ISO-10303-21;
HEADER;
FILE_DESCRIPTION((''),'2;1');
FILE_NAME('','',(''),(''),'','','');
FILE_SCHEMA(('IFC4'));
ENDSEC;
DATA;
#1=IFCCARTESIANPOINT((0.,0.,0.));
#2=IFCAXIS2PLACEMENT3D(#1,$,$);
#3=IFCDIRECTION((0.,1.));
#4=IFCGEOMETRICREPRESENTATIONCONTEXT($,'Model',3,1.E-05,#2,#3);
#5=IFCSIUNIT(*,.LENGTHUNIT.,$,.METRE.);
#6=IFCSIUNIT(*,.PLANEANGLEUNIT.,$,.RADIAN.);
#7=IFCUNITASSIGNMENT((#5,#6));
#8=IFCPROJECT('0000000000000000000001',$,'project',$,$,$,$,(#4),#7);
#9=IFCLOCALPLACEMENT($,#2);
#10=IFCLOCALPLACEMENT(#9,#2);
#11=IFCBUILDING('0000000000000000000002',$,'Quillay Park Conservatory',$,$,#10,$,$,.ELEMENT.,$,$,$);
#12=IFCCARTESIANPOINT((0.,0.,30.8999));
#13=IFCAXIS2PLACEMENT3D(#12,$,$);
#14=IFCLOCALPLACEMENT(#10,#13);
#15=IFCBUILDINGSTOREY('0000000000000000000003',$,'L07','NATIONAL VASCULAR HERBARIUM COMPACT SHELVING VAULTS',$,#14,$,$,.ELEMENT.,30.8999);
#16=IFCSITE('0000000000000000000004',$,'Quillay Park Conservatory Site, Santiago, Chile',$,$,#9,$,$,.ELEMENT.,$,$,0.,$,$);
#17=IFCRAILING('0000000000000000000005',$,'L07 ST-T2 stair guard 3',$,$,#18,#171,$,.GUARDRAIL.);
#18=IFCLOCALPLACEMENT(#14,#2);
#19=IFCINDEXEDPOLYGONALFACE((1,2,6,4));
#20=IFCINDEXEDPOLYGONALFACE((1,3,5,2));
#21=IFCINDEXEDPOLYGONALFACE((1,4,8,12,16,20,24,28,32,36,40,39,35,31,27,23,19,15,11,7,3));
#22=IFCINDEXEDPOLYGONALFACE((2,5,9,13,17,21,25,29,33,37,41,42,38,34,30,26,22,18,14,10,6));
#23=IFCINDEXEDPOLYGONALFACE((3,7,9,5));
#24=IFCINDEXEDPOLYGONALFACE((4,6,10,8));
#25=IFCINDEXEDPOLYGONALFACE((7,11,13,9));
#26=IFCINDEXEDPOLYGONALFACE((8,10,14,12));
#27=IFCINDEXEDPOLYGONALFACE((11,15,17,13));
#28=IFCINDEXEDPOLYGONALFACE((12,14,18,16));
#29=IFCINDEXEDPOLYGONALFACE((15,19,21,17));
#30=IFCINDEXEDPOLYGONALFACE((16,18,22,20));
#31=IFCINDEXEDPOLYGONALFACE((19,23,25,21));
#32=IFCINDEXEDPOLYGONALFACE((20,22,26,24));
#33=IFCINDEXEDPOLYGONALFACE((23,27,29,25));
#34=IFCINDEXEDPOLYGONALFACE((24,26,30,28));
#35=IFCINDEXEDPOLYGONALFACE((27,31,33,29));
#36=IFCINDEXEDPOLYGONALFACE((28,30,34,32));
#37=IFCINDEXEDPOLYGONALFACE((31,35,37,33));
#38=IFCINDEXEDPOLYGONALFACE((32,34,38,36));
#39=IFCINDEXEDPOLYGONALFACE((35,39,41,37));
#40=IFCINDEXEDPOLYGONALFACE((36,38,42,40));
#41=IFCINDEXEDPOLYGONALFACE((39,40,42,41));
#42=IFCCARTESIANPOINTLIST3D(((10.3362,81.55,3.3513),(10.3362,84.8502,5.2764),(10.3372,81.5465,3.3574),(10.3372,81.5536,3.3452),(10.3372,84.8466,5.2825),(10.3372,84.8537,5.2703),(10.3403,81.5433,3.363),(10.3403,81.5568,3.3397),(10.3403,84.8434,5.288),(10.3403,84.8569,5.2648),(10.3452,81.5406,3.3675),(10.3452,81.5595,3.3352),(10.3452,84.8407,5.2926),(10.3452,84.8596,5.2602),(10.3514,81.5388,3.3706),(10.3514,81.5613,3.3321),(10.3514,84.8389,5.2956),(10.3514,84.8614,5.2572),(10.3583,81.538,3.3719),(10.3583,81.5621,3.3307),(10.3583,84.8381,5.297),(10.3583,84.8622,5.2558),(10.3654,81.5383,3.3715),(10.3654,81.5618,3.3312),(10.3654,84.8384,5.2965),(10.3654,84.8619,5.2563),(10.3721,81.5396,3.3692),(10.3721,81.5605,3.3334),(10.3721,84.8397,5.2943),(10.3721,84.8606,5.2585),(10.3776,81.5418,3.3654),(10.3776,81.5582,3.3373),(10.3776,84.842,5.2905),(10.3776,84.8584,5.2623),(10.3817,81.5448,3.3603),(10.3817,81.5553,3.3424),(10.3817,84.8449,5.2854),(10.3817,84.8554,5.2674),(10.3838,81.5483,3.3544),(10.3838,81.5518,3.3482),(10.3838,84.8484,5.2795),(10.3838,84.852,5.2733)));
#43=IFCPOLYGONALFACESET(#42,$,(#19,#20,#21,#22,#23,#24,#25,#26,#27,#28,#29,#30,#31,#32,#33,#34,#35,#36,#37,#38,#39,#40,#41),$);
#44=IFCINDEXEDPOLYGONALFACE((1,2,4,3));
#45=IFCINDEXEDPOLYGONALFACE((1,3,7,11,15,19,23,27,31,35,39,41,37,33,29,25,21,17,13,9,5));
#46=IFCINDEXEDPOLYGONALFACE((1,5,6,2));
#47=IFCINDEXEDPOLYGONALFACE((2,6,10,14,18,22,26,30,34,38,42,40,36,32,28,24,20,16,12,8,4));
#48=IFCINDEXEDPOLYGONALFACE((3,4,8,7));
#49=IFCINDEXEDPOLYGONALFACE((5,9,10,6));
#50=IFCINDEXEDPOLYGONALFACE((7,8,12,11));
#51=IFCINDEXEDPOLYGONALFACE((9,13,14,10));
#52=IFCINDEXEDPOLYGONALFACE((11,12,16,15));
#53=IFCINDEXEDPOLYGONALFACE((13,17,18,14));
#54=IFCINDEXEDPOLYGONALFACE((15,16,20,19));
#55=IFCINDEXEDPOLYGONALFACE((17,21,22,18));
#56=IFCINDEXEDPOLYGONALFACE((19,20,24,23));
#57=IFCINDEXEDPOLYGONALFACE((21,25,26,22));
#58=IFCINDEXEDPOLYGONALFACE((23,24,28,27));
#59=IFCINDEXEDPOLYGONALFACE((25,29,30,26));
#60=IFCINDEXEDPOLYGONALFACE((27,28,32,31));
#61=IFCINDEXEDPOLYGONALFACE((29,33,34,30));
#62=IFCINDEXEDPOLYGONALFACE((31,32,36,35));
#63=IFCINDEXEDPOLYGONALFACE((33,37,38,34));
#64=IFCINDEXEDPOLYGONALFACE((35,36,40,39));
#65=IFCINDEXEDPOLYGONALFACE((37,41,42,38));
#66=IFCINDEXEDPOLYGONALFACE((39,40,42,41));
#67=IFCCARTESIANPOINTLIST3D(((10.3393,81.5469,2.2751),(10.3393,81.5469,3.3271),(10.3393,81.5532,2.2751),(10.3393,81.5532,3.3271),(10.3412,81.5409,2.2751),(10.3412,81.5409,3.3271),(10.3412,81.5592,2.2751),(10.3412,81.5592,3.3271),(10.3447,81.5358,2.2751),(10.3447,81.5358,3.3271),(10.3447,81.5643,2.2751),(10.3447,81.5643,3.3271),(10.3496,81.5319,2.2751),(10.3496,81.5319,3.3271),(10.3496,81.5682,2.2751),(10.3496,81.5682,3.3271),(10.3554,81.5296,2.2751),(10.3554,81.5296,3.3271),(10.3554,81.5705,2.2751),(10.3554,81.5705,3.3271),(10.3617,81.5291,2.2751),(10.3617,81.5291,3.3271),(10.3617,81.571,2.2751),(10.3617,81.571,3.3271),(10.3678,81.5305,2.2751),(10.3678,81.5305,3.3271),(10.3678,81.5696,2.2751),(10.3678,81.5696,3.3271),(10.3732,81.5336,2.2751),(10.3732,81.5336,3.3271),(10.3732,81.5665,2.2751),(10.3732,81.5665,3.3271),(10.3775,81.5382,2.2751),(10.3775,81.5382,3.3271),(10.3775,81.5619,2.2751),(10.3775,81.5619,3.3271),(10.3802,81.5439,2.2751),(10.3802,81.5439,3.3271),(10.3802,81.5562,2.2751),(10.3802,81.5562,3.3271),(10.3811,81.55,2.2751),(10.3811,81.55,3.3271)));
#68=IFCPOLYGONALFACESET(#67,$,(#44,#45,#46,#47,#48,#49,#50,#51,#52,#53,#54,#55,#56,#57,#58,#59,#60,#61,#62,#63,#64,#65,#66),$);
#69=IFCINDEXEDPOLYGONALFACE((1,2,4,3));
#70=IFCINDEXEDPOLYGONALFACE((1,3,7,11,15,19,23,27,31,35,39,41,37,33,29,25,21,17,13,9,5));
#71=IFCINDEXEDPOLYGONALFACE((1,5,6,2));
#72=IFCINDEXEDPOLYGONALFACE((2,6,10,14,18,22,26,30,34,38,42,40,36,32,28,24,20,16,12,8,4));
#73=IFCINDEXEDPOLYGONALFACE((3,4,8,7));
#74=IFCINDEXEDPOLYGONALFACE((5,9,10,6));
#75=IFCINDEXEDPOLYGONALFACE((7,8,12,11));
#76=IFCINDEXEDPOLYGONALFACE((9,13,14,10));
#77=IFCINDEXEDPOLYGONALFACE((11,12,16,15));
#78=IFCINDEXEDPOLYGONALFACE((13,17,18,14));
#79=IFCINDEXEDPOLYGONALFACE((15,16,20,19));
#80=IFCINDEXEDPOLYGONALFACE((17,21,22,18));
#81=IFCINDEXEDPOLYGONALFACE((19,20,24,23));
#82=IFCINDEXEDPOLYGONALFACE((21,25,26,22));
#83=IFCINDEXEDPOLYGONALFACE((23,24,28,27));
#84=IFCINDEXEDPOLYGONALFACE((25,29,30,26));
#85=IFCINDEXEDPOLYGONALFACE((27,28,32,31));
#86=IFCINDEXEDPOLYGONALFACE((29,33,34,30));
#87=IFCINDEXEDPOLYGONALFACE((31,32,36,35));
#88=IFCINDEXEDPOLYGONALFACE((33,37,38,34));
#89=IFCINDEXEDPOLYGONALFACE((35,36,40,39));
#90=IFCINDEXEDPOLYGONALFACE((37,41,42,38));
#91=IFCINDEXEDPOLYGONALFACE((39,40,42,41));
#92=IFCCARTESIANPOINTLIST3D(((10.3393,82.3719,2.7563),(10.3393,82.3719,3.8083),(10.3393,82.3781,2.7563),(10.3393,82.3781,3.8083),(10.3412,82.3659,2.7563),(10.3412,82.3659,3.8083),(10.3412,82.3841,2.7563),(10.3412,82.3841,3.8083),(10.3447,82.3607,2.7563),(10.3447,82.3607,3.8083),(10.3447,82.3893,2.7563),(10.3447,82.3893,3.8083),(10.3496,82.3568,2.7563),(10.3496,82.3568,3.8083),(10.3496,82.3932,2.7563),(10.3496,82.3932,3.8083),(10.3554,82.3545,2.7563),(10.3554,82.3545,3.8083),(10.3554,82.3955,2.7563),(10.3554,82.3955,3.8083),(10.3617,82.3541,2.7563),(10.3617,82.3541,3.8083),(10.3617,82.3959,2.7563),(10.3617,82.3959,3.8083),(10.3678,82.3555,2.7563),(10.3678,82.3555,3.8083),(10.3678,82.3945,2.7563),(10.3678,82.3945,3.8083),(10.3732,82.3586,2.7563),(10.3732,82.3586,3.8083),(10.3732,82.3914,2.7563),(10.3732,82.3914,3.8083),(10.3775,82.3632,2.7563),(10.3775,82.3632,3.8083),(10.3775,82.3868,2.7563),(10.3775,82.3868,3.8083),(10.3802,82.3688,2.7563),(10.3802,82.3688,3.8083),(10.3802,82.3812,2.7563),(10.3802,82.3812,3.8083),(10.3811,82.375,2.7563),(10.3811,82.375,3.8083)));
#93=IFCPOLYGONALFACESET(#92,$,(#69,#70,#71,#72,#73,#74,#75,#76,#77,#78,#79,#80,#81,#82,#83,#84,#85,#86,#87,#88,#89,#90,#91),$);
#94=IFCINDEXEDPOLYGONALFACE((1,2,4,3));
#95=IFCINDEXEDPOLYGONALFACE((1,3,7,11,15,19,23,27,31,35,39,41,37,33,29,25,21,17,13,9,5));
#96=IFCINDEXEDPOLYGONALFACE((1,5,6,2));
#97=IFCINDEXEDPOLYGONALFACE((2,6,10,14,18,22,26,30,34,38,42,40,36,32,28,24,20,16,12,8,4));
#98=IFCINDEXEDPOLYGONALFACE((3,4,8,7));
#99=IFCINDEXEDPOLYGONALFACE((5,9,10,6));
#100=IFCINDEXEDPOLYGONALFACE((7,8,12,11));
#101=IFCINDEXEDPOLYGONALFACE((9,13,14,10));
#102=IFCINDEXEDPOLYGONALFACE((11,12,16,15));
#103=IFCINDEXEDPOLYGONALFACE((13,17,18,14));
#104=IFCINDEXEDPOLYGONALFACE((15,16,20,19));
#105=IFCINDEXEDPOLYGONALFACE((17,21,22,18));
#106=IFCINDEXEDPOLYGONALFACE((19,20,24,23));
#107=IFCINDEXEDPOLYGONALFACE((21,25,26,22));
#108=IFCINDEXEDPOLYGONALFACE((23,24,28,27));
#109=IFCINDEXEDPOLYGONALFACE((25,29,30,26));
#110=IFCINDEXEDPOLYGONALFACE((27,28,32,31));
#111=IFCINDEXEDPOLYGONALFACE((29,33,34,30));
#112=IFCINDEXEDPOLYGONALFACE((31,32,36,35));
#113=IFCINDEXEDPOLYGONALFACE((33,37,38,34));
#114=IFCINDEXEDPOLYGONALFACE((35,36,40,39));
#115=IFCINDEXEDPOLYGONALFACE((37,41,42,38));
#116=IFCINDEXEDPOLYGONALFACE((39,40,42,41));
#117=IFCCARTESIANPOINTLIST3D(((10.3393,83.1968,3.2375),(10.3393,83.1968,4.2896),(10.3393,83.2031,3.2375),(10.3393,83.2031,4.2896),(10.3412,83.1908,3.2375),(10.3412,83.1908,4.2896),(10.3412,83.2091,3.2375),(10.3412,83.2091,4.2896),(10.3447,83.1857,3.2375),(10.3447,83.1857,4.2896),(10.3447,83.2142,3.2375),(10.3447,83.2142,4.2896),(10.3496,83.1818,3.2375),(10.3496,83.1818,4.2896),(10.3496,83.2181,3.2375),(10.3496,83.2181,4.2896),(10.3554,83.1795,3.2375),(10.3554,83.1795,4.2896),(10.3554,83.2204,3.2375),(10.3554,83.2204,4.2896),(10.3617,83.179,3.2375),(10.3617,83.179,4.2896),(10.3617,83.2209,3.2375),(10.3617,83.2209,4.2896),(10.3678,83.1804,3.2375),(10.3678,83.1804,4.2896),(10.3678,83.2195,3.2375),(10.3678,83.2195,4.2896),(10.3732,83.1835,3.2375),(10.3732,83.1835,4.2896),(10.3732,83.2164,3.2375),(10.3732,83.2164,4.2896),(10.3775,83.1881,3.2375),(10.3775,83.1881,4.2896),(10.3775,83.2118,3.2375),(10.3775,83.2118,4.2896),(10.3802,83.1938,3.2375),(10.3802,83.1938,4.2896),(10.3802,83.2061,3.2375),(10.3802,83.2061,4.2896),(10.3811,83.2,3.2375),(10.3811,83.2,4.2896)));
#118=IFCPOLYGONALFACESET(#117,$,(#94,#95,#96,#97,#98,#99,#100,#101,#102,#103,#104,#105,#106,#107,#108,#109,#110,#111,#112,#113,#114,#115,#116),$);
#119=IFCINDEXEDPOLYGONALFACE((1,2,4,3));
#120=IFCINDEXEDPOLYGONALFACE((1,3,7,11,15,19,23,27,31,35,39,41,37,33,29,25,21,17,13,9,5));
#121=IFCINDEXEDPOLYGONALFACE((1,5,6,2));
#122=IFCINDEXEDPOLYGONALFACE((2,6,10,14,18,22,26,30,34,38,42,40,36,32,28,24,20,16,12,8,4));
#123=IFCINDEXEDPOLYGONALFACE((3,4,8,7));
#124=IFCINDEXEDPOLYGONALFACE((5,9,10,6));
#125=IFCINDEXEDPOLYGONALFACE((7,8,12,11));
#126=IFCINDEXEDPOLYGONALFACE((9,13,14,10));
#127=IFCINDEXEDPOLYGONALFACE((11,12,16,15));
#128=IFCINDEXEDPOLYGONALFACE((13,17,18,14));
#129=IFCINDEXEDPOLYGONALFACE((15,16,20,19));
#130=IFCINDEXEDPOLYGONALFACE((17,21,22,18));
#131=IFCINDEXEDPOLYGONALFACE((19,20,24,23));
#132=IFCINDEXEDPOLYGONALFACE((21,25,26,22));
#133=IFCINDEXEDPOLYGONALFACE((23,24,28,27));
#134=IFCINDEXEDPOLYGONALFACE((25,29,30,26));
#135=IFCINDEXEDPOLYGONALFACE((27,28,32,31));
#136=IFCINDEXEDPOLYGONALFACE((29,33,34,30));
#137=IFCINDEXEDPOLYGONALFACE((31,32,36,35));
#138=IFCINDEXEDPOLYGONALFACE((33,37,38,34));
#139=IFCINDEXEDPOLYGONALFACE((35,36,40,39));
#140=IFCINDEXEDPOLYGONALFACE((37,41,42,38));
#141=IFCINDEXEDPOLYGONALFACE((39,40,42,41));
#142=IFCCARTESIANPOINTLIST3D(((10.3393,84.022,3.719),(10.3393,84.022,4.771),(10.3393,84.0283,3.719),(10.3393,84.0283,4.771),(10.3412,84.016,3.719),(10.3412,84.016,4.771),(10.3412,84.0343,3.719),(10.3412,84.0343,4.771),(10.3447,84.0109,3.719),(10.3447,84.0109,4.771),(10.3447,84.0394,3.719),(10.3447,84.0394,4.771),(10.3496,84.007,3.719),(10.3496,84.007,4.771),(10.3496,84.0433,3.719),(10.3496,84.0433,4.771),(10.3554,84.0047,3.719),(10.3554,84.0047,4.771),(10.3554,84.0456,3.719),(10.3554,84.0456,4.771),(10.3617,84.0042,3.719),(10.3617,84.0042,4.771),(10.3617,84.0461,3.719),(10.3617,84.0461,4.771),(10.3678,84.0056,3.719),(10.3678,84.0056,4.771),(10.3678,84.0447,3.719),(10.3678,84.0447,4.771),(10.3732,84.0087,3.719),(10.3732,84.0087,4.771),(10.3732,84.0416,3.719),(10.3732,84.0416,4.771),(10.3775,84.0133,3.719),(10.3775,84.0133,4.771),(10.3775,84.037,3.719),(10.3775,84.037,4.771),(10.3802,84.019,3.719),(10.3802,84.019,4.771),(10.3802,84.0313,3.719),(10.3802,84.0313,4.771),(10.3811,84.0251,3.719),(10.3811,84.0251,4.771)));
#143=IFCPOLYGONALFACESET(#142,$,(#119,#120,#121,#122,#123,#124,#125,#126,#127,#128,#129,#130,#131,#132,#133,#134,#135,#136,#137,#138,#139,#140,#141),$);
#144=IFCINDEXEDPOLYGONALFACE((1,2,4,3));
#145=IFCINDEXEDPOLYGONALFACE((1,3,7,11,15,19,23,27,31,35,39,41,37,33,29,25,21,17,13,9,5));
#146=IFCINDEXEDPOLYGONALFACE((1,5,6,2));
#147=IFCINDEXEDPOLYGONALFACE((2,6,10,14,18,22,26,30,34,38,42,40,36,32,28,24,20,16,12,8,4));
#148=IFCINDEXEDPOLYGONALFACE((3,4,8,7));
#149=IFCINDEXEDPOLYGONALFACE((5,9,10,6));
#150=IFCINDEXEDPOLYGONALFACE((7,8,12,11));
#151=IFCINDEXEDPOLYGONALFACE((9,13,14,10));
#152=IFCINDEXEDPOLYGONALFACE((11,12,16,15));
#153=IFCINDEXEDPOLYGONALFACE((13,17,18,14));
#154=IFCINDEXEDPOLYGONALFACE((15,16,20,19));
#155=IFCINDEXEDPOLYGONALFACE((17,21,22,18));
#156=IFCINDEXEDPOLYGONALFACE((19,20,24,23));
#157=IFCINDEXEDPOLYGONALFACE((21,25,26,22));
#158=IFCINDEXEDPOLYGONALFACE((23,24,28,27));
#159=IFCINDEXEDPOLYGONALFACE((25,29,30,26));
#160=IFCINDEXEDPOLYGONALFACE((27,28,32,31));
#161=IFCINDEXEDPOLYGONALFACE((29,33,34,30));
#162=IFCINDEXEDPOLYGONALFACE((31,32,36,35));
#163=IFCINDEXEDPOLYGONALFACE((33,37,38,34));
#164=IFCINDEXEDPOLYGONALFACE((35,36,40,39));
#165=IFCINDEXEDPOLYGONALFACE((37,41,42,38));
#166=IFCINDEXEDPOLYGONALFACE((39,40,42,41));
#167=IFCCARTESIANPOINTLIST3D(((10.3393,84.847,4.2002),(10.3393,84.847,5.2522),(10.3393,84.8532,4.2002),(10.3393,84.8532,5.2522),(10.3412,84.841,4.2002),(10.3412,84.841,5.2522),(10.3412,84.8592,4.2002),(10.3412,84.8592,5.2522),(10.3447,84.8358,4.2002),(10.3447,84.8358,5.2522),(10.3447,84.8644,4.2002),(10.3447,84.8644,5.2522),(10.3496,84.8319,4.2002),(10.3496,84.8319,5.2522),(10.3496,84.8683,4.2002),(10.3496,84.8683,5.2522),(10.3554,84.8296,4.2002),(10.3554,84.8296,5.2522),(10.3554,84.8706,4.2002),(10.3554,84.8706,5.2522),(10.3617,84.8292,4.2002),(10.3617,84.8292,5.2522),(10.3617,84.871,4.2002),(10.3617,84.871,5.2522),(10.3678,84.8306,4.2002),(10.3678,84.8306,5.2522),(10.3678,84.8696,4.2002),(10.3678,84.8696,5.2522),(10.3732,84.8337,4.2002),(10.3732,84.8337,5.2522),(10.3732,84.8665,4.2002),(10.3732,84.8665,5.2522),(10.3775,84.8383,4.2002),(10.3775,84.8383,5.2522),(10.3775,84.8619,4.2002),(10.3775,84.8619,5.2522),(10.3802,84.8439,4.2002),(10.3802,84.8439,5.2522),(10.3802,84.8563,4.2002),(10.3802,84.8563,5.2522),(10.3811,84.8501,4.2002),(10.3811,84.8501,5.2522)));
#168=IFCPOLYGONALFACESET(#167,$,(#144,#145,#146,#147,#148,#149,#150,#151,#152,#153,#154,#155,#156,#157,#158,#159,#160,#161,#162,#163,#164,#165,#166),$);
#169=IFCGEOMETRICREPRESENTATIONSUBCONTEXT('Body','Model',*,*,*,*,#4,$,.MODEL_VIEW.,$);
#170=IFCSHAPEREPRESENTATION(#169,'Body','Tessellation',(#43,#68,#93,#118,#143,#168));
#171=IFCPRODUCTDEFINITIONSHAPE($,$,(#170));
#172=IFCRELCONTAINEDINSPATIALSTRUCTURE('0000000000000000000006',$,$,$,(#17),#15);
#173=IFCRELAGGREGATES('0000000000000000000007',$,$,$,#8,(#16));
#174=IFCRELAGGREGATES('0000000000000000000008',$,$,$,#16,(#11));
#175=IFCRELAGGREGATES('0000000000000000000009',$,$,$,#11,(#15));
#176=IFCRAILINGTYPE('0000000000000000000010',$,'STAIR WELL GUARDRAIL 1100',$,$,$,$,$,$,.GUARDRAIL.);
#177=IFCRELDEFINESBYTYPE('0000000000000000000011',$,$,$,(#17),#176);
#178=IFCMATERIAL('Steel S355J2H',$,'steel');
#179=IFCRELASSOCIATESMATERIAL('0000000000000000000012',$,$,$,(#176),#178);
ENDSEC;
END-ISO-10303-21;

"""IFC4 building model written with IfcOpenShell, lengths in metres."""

from ifc_helpers import new_model, si_unit, direction, frame, origin, origin_2d, place, context, subcontext, project, spatial, circle, extrude, material, type_object, element, save


model = new_model("IFC4")

# Units and contexts
model_context = context("Model", 3, precision=1e-05, world=origin(), true_north=direction((0.0, 1.0)))
body_context = subcontext(model_context, "Body", "Model", "MODEL_VIEW")
ifc_project = project(units=[si_unit("LENGTHUNIT", "METRE"), si_unit("PLANEANGLEUNIT", "RADIAN")], contexts=[model_context])

# Site, building, storey
site_placement = place(None, origin())
site = spatial("IfcSite", under=ifc_project, at=site_placement, Name="Quillay Park Conservatory Site, Santiago, Chile", CompositionType="ELEMENT", RefElevation=0.0)
building_placement = place(site_placement, origin())
building = spatial("IfcBuilding", under=site, at=building_placement, Name="Quillay Park Conservatory", CompositionType="ELEMENT")
storey_placement = place(building_placement, frame((0.0, 0.0, 30.8999)))
storey = spatial("IfcBuildingStorey", under=building, at=storey_placement, Name="L07", Description="NATIONAL VASCULAR HERBARIUM COMPACT SHELVING VAULTS", CompositionType="ELEMENT", Elevation=30.8999)

# Railing
ifc_material_1 = material(Name="Steel S355J2H", Category="steel")
railing_type_1 = type_object("IfcRailingType", Name="STAIR WELL GUARDRAIL 1100", PredefinedType="GUARDRAIL", material=ifc_material_1)
railing_1_placement = place(storey_placement, frame((10.3601, 81.55, 2.2751)))
element("IfcRailing", 1, at=railing_1_placement, inside=storey, type_object=railing_type_1, Name="L07 ST-T2 stair guard 3", PredefinedType="GUARDRAIL", context=body_context, shape_type="SweptSolid", body=[
    extrude(circle(Radius=0.0239, at=origin_2d()), frame((0.0, 0.0, 1.0762), z_axis=(0.0, 0.863777, 0.503875), x_axis=(-1.0, 0.0, 0.0)), (0.0, 0.0, 1.0), 3.8206),
    extrude(circle(Radius=0.021, at=origin_2d()), origin(), (0.0, 0.0, 1.0), 1.052),
    extrude(circle(Radius=0.021, at=origin_2d()), frame((0.0, 0.825, 0.4812)), (0.0, 0.0, 1.0), 1.052),
    extrude(circle(Radius=0.021, at=origin_2d()), frame((0.0, 1.6499, 0.9624)), (0.0, 0.0, 1.0), 1.052),
    extrude(circle(Radius=0.021, at=origin_2d()), frame((0.0, 2.4751, 1.4438)), (0.0, 0.0, 1.0), 1.052),
    extrude(circle(Radius=0.021, at=origin_2d()), frame((0.0, 3.3, 1.925)), (0.0, 0.0, 1.0), 1.052),
])

save(model, "model.ifc")
